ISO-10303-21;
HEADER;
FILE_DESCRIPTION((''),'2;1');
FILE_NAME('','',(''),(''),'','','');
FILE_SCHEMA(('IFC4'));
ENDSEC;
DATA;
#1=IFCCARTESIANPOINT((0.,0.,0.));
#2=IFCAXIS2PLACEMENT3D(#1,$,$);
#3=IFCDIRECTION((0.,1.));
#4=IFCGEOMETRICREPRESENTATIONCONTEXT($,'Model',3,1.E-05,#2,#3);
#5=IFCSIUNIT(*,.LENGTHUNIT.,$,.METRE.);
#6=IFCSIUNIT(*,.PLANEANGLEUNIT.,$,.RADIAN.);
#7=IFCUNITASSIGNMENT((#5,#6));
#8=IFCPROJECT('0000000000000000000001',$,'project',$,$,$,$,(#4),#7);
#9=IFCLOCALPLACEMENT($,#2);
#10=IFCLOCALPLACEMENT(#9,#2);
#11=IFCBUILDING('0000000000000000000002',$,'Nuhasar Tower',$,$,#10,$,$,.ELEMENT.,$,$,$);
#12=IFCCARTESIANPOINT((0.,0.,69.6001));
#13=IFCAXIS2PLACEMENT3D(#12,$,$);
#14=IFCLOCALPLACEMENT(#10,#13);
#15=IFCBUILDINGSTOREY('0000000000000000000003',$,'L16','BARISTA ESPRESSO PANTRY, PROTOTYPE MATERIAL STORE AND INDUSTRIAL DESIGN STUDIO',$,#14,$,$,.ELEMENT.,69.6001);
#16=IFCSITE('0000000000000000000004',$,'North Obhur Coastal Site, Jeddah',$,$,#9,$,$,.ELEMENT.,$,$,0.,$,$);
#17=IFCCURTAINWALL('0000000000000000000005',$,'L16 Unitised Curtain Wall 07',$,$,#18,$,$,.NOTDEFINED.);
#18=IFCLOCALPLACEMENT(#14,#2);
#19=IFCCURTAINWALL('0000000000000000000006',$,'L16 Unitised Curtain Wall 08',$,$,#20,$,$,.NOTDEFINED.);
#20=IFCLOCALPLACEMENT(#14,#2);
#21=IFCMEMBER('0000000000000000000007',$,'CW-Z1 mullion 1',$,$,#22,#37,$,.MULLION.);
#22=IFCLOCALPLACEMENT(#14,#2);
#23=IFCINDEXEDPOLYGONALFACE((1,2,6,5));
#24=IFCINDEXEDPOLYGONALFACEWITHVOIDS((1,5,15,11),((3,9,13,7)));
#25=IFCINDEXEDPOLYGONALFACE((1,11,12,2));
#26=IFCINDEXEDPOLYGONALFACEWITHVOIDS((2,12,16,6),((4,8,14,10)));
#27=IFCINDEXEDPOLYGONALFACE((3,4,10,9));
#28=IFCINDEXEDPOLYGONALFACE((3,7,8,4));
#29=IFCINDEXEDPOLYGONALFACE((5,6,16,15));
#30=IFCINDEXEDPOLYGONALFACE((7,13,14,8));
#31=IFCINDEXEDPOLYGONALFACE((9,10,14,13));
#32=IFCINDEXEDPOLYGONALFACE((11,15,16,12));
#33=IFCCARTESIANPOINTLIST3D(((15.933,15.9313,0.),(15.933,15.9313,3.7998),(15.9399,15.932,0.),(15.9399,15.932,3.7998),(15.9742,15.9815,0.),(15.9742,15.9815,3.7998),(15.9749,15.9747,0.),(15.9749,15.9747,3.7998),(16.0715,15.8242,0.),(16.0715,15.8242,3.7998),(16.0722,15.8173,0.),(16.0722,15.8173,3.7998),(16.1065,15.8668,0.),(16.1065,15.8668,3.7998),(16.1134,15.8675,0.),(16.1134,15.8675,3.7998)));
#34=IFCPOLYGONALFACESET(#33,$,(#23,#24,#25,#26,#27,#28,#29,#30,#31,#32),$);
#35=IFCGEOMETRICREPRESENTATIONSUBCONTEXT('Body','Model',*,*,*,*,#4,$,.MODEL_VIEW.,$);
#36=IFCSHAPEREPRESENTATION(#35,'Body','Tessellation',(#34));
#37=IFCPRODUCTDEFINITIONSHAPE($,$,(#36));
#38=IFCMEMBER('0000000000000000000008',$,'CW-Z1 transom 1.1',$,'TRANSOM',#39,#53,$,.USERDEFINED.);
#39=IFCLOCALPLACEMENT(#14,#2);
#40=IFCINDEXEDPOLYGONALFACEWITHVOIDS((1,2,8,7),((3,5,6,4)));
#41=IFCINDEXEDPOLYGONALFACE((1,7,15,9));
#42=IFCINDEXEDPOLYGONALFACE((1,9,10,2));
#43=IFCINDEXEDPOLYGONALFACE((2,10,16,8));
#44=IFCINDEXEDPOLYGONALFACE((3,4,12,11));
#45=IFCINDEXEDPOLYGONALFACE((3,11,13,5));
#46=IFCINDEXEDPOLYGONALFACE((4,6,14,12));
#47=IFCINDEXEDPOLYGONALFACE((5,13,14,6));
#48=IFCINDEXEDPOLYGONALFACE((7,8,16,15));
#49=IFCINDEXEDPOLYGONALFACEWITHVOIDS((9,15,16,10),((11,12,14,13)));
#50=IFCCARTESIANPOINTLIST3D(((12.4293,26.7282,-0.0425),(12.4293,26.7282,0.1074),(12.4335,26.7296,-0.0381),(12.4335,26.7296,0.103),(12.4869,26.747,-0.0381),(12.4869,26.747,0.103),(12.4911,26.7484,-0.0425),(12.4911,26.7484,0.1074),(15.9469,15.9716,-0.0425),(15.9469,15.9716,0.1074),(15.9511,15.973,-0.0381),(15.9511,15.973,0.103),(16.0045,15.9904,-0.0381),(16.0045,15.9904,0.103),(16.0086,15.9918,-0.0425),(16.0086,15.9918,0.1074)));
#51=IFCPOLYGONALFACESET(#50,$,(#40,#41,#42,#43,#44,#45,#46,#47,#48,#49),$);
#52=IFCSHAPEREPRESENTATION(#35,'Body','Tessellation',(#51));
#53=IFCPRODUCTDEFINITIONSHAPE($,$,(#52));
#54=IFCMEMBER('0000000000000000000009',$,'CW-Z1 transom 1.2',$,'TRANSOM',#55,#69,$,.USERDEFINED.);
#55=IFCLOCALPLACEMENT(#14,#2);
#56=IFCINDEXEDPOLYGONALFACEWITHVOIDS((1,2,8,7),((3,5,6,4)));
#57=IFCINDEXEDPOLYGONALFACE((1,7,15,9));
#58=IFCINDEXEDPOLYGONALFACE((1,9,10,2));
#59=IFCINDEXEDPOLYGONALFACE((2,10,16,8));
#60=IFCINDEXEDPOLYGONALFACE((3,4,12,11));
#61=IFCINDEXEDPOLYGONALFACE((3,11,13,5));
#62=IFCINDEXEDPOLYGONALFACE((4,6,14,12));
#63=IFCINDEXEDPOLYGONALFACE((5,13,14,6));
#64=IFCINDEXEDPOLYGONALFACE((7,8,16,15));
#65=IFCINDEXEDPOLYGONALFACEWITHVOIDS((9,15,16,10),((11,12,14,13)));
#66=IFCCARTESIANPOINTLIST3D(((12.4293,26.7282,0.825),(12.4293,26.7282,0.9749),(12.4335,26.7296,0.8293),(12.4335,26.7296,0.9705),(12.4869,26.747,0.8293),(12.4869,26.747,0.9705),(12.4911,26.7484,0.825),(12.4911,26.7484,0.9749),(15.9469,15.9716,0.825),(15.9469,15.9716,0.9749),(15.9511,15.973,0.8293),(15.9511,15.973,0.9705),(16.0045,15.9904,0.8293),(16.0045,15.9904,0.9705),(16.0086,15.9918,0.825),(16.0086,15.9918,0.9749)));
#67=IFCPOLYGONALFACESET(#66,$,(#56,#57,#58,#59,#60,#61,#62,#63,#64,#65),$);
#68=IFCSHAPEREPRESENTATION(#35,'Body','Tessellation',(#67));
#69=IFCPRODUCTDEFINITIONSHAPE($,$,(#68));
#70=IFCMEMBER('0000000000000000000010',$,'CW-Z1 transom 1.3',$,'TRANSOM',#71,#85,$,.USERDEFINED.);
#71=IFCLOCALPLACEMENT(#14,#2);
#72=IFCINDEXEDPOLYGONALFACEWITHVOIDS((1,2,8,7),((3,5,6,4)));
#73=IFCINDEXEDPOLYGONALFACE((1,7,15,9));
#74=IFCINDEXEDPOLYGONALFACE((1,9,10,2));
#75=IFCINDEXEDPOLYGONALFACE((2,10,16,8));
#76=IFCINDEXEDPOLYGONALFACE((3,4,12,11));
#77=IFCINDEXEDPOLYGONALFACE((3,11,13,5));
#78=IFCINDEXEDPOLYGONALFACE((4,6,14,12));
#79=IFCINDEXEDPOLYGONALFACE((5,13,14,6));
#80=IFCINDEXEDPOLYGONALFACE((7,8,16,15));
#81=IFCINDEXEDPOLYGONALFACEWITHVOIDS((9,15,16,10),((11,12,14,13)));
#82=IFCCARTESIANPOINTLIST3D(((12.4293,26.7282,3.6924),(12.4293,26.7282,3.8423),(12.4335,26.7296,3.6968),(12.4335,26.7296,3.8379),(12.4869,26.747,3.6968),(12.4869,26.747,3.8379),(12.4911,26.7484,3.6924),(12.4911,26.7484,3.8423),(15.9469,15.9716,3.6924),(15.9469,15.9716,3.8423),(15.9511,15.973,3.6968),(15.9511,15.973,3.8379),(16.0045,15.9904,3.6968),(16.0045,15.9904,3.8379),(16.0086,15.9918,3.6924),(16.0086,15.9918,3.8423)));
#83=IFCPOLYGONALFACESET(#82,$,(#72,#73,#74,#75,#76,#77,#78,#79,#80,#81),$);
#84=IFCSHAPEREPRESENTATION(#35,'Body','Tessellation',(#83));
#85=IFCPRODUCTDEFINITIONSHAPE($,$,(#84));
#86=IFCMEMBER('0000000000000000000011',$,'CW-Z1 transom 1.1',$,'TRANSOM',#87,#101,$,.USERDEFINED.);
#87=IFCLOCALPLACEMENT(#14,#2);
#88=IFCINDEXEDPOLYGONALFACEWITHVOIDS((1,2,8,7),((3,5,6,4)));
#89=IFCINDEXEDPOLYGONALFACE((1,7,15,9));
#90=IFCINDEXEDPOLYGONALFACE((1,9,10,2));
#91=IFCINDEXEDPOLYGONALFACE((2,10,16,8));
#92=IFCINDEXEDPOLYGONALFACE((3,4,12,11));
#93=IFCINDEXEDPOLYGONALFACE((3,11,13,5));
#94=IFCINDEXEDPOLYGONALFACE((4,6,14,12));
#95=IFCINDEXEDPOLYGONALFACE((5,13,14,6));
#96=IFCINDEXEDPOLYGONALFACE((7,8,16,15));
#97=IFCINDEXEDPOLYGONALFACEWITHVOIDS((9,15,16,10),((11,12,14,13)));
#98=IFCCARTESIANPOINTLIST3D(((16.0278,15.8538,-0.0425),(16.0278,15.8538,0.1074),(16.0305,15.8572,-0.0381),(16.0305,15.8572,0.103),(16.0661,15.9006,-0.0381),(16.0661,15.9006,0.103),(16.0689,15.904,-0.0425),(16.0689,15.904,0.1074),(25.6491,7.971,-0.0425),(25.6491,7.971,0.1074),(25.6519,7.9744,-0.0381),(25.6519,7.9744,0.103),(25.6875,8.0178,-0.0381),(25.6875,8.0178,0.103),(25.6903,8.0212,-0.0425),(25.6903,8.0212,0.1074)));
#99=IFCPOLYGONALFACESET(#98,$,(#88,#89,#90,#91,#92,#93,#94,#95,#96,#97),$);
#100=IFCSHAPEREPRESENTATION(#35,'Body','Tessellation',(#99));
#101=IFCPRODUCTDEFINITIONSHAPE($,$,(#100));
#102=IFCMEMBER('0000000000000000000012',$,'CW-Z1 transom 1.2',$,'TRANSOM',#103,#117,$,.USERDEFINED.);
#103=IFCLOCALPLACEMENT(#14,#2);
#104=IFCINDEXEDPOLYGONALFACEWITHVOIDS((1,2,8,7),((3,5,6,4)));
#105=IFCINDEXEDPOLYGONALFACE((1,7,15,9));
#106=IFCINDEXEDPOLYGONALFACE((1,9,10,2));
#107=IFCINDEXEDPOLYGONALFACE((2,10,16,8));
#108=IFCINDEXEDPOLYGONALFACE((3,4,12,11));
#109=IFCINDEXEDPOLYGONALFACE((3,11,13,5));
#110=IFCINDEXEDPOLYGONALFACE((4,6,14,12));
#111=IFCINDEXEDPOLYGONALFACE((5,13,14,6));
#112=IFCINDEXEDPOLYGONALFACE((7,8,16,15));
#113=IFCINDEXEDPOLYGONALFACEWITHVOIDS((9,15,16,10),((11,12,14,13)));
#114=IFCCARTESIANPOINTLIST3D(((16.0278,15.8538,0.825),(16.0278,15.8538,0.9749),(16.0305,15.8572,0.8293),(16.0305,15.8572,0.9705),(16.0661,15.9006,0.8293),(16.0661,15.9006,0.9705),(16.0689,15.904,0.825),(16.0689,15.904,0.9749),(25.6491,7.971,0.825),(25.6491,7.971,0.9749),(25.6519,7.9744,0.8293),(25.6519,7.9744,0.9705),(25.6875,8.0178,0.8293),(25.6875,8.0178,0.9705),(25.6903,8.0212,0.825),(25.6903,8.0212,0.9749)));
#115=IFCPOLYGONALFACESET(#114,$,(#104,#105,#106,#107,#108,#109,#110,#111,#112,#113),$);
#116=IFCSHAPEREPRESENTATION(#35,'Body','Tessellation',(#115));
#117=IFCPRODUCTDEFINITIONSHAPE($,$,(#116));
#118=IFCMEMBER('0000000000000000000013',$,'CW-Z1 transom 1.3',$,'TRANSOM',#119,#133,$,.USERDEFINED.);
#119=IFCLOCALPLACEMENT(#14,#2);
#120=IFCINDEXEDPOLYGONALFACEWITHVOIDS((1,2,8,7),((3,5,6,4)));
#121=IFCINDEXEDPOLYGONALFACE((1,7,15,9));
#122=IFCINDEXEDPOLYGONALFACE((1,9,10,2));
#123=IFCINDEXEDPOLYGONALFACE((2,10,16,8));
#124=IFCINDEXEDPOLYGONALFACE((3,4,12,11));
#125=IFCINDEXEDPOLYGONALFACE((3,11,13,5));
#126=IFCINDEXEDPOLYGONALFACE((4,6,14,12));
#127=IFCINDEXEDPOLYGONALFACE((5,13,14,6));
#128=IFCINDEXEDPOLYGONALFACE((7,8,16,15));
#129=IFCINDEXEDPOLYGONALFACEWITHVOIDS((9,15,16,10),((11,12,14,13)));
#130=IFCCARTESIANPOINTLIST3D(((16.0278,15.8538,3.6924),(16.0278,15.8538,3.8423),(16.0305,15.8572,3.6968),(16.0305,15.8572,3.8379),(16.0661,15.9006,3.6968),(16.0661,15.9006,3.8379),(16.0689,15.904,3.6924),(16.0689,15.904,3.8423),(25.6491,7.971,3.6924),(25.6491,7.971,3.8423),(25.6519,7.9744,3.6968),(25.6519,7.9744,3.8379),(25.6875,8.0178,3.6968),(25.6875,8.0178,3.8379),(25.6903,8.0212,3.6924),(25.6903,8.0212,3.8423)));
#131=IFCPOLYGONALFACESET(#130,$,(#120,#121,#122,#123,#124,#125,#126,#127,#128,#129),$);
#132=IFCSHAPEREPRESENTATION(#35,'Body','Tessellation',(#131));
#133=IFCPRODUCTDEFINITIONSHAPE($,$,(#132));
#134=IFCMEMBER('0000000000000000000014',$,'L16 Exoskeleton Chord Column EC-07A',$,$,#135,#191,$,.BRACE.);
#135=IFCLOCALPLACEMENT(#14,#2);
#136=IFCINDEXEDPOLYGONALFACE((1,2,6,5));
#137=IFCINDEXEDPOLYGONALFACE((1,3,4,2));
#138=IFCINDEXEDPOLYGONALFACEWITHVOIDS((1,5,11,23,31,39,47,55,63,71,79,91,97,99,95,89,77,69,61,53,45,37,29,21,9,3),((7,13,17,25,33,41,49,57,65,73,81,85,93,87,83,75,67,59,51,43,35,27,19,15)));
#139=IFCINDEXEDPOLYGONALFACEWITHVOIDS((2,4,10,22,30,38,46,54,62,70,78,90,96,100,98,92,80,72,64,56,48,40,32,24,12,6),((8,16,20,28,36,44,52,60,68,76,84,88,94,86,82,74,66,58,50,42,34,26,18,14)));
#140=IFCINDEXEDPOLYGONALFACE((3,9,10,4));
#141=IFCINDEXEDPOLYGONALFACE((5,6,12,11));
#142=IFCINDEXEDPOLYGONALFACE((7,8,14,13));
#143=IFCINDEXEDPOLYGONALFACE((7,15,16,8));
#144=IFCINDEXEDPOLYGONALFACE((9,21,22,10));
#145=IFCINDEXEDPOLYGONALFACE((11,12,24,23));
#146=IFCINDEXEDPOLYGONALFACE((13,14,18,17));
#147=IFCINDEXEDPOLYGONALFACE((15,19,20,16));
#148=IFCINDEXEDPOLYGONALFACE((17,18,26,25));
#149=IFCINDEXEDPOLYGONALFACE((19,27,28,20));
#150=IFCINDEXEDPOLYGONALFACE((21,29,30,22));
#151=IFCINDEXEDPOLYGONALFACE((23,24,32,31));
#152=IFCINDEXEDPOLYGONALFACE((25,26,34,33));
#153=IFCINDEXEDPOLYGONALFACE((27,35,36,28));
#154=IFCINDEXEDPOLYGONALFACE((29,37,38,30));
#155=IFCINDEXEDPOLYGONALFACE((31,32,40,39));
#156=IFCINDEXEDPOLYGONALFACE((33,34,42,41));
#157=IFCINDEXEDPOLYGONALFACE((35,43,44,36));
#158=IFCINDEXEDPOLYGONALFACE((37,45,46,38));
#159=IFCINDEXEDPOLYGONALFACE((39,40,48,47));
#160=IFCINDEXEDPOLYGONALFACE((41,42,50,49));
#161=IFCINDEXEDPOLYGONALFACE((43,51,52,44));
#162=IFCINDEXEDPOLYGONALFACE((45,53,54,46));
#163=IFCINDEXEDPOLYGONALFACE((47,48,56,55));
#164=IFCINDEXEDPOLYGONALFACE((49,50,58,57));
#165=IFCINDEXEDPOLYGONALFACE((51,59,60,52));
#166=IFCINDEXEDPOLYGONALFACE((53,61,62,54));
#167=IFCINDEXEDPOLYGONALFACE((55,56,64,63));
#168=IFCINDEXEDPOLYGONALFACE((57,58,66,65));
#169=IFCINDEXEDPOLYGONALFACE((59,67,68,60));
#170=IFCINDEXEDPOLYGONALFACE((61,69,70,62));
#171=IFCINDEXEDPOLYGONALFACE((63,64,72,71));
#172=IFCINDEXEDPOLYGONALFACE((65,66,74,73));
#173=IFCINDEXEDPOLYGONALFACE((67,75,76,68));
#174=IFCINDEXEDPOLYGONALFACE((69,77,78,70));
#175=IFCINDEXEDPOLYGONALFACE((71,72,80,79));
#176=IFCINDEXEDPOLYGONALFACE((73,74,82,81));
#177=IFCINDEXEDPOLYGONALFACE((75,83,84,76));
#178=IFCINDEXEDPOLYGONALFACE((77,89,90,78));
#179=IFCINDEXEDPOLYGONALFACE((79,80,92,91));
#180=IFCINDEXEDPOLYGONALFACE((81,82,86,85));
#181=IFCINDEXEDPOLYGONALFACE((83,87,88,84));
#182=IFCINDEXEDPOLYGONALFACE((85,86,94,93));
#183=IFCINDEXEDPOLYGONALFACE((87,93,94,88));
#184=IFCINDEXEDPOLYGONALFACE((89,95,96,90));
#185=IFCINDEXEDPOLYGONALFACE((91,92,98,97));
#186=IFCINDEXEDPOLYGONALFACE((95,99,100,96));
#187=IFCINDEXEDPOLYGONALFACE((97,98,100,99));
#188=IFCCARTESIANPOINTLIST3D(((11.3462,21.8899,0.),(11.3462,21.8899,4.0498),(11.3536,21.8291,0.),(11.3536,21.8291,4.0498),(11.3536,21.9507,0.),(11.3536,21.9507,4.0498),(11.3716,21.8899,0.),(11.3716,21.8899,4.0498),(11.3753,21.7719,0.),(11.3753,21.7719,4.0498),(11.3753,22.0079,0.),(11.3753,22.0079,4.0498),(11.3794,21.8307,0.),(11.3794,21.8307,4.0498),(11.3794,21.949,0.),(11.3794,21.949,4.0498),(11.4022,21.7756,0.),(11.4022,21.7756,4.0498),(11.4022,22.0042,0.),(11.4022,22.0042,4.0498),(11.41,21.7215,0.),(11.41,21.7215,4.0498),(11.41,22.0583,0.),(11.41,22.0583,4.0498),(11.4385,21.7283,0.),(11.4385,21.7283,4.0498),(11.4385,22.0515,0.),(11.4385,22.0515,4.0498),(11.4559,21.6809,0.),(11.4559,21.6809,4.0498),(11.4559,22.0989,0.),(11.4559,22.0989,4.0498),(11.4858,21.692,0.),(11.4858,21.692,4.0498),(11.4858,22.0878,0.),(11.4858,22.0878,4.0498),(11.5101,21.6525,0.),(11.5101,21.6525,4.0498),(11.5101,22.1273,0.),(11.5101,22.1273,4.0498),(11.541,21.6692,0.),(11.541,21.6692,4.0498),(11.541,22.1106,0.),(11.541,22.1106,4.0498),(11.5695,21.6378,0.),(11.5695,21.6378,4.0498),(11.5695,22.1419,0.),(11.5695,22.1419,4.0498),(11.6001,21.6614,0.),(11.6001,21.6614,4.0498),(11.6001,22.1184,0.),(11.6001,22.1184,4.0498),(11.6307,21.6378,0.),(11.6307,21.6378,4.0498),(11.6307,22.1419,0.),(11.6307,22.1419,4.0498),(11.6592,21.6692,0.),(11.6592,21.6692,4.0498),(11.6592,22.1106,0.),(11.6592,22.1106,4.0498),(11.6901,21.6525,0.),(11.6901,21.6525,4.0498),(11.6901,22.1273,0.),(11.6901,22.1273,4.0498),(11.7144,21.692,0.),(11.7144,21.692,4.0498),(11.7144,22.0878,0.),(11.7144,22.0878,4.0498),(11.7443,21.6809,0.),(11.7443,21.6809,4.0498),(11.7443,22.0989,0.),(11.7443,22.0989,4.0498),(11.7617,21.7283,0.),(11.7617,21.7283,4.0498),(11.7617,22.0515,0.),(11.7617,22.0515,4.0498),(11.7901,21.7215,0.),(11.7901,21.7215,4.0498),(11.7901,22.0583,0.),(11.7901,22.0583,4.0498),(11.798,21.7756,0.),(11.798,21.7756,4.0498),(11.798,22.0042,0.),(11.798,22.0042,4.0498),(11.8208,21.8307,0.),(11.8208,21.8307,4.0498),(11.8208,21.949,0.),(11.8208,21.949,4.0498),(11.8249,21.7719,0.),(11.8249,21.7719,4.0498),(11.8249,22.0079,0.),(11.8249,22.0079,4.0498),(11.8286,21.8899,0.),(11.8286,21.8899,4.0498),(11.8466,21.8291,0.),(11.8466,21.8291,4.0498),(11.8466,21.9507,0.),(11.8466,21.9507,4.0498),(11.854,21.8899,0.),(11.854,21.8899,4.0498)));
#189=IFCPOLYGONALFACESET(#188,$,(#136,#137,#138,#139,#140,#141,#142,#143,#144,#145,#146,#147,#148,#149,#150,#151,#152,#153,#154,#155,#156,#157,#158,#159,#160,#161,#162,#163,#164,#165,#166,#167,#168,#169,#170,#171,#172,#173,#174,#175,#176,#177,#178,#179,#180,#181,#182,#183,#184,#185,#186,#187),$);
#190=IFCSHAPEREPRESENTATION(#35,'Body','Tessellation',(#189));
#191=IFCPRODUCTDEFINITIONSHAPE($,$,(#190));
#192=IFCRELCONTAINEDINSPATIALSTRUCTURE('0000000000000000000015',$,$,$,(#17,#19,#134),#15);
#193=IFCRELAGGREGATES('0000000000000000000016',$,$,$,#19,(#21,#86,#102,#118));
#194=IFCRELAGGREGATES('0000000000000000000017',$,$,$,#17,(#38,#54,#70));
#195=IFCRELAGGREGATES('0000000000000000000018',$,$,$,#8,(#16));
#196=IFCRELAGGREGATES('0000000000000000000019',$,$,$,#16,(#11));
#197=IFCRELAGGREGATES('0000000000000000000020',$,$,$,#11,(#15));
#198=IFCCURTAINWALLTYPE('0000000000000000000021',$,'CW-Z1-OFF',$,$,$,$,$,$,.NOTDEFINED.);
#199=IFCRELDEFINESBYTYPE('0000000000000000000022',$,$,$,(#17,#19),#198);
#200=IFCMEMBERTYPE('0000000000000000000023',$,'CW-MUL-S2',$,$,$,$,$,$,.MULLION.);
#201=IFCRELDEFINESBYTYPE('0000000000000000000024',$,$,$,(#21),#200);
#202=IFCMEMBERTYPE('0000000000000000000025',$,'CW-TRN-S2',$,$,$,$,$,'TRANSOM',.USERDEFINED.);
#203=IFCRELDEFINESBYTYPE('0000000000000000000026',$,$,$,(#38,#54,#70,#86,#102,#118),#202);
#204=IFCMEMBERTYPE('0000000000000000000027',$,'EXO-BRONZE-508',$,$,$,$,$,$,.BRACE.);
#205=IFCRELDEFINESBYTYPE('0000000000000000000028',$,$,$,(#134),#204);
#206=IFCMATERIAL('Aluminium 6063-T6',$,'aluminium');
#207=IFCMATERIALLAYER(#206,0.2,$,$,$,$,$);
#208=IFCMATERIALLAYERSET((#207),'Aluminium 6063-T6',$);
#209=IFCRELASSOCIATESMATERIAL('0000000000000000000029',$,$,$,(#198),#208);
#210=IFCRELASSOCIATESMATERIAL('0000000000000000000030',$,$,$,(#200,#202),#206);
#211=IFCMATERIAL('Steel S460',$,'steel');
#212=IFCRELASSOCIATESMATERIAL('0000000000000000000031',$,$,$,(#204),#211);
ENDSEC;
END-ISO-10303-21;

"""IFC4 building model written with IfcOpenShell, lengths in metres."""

from ifc_helpers import new_model, si_unit, direction, frame, origin, origin_2d, place, context, subcontext, project, spatial, hollow_rectangle, hollow_circle, extrude, material, layer, layer_set, material_profile, profile_set, type_object, element, aggregate, save


model = new_model("IFC4")

# Units and contexts
model_context = context("Model", 3, precision=1e-05, world=origin(), true_north=direction((0.0, 1.0)))
body_context = subcontext(model_context, "Body", "Model", "MODEL_VIEW")
ifc_project = project(units=[si_unit("LENGTHUNIT", "METRE"), si_unit("PLANEANGLEUNIT", "RADIAN")], contexts=[model_context])

# Site, building, storey
site_placement = place(None, origin())
site = spatial("IfcSite", under=ifc_project, at=site_placement, Name="North Obhur Coastal Site, Jeddah", CompositionType="ELEMENT", RefElevation=0.0)
building_placement = place(site_placement, origin())
building = spatial("IfcBuilding", under=site, at=building_placement, Name="Nuhasar Tower", CompositionType="ELEMENT")
storey_placement = place(building_placement, frame((0.0, 0.0, 69.6001)))
storey = spatial("IfcBuildingStorey", under=building, at=storey_placement, Name="L16", Description="BARISTA ESPRESSO PANTRY, PROTOTYPE MATERIAL STORE AND INDUSTRIAL DESIGN STUDIO", CompositionType="ELEMENT", Elevation=69.6001)

# Curtain walls, member
ifc_material_1 = material(Name="Aluminium 6063-T6", Category="aluminium")
ifc_layer_1 = layer(ifc_material_1, 0.2)
ifc_layer_set_1 = layer_set([ifc_layer_1], Name="Aluminium 6063-T6")
curtain_wall_type = type_object("IfcCurtainWallType", Name="CW-Z1-OFF", PredefinedType="NOTDEFINED", material=ifc_layer_set_1)
curtain_wall_1_placement = place(storey_placement, origin())
curtain_wall_1 = element("IfcCurtainWall", 1, at=curtain_wall_1_placement, inside=storey, type_object=curtain_wall_type, Name="L16 Unitised Curtain Wall 07", PredefinedType="NOTDEFINED")
ifc_material_profile_1 = material_profile(ifc_material_1, hollow_rectangle(XDim=0.0649, YDim=0.1799, WallThickness=0.0049, at=origin_2d()), Name="CWM-2")
ifc_profile_set_1 = profile_set([ifc_material_profile_1], Name="Aluminium 6063-T6")
member_type_1 = type_object("IfcMemberType", Name="CW-MUL-S2", PredefinedType="MULLION", material=ifc_profile_set_1)
curtain_wall_2_placement = place(storey_placement, origin())
curtain_wall_2 = element("IfcCurtainWall", 2, at=curtain_wall_2_placement, inside=storey, type_object=curtain_wall_type, Name="L16 Unitised Curtain Wall 08", PredefinedType="NOTDEFINED")
member_1_placement = place(storey_placement, frame((16.0232, 15.8994, 0.0), z_axis=(0.0, 0.0, 1.0), x_axis=(0.633745, 0.773542, 0.0)))
member_1 = element("IfcMember", 3, at=member_1_placement, type_object=member_type_1, Name="CW-Z1 mullion 1", PredefinedType="MULLION", context=body_context, shape_type="SweptSolid", body=[
    extrude(hollow_rectangle(XDim=0.0649, YDim=0.1799, WallThickness=0.0049, at=origin_2d()), origin(), (0.0, 0.0, 1.0), 3.7998),
])

# Members
ifc_material_profile_2 = material_profile(ifc_material_1, hollow_rectangle(XDim=0.0649, YDim=0.1499, WallThickness=0.0044, at=origin_2d()), Name="CWT-2")
ifc_profile_set_2 = profile_set([ifc_material_profile_2], Name="Aluminium 6063-T6")
member_type_2 = type_object("IfcMemberType", Name="CW-TRN-S2", ElementType="TRANSOM", PredefinedType="USERDEFINED", material=ifc_profile_set_2)
member_2_placement = place(storey_placement, frame((12.4602, 26.7383, 0.0325), z_axis=(0.310819, -0.950469, 0.0), x_axis=(0.950469, 0.310819, 0.0)))
member_2 = element("IfcMember", 4, at=member_2_placement, type_object=member_type_2, Name="CW-Z1 transom 1.1", ObjectType="TRANSOM", PredefinedType="USERDEFINED", context=body_context, shape_type="SweptSolid", body=[
    extrude(hollow_rectangle(XDim=0.0649, YDim=0.1499, WallThickness=0.0044, at=origin_2d()), origin(), (0.0, 0.0, 1.0), 11.3171),
])
member_3_placement = place(storey_placement, frame((12.4602, 26.7383, 0.8999), z_axis=(0.310819, -0.950469, 0.0), x_axis=(0.950469, 0.310819, 0.0)))
member_3 = element("IfcMember", 5, at=member_3_placement, type_object=member_type_2, Name="CW-Z1 transom 1.2", ObjectType="TRANSOM", PredefinedType="USERDEFINED", context=body_context, shape_type="SweptSolid", body=[
    extrude(hollow_rectangle(XDim=0.0649, YDim=0.1499, WallThickness=0.0044, at=origin_2d()), origin(), (0.0, 0.0, 1.0), 11.3171),
])
member_4_placement = place(storey_placement, frame((12.4602, 26.7383, 3.7673), z_axis=(0.310819, -0.950469, 0.0), x_axis=(0.950469, 0.310819, 0.0)))
member_4 = element("IfcMember", 6, at=member_4_placement, type_object=member_type_2, Name="CW-Z1 transom 1.3", ObjectType="TRANSOM", PredefinedType="USERDEFINED", context=body_context, shape_type="SweptSolid", body=[
    extrude(hollow_rectangle(XDim=0.0649, YDim=0.1499, WallThickness=0.0044, at=origin_2d()), origin(), (0.0, 0.0, 1.0), 11.3171),
])
member_5_placement = place(storey_placement, frame((16.0483, 15.8789, 0.0325), z_axis=(0.773531, -0.633758, 0.0), x_axis=(0.633758, 0.773531, 0.0)))
member_5 = element("IfcMember", 7, at=member_5_placement, type_object=member_type_2, Name="CW-Z1 transom 1.1", ObjectType="TRANSOM", PredefinedType="USERDEFINED", context=body_context, shape_type="SweptSolid", body=[
    extrude(hollow_rectangle(XDim=0.0649, YDim=0.1499, WallThickness=0.0044, at=origin_2d()), origin(), (0.0, 0.0, 1.0), 12.4382),
])
member_6_placement = place(storey_placement, frame((16.0483, 15.8789, 0.8999), z_axis=(0.773531, -0.633758, 0.0), x_axis=(0.633758, 0.773531, 0.0)))
member_6 = element("IfcMember", 8, at=member_6_placement, type_object=member_type_2, Name="CW-Z1 transom 1.2", ObjectType="TRANSOM", PredefinedType="USERDEFINED", context=body_context, shape_type="SweptSolid", body=[
    extrude(hollow_rectangle(XDim=0.0649, YDim=0.1499, WallThickness=0.0044, at=origin_2d()), origin(), (0.0, 0.0, 1.0), 12.4382),
])
member_7_placement = place(storey_placement, frame((16.0483, 15.8789, 3.7673), z_axis=(0.773531, -0.633758, 0.0), x_axis=(0.633758, 0.773531, 0.0)))
member_7 = element("IfcMember", 9, at=member_7_placement, type_object=member_type_2, Name="CW-Z1 transom 1.3", ObjectType="TRANSOM", PredefinedType="USERDEFINED", context=body_context, shape_type="SweptSolid", body=[
    extrude(hollow_rectangle(XDim=0.0649, YDim=0.1499, WallThickness=0.0044, at=origin_2d()), origin(), (0.0, 0.0, 1.0), 12.4382),
])
aggregate(curtain_wall_2, [member_1, member_5, member_6, member_7])

# Member
ifc_material_2 = material(Name="Steel S460", Category="steel")
ifc_material_profile_3 = material_profile(ifc_material_2, hollow_circle(Radius=0.2539, WallThickness=0.0254, at=origin_2d()), Name="HSS508X25.4")
ifc_profile_set_3 = profile_set([ifc_material_profile_3], Name="Steel S460")
member_type_3 = type_object("IfcMemberType", Name="EXO-BRONZE-508", PredefinedType="BRACE", material=ifc_profile_set_3)
for number, where, z_axis, x_axis, name in (
    (10, (11.6001, 21.8899, 0.0), (0.0, 0.0, 1.0), (1.0, 0.0, 0.0), "L16 Exoskeleton Chord Column EC-07A"),
):
    element("IfcMember", number, at=place(storey_placement, frame(where, z_axis=z_axis, x_axis=x_axis)), inside=storey, type_object=member_type_3, Name=name, PredefinedType="BRACE", context=body_context, shape_type="SweptSolid", body=[
        extrude(hollow_circle(Radius=0.2539, WallThickness=0.0254, at=origin_2d()), origin(), (0.0, 0.0, 1.0), 4.0498),
    ])

aggregate(curtain_wall_1, [member_2, member_3, member_4])

save(model, "model.ifc")
